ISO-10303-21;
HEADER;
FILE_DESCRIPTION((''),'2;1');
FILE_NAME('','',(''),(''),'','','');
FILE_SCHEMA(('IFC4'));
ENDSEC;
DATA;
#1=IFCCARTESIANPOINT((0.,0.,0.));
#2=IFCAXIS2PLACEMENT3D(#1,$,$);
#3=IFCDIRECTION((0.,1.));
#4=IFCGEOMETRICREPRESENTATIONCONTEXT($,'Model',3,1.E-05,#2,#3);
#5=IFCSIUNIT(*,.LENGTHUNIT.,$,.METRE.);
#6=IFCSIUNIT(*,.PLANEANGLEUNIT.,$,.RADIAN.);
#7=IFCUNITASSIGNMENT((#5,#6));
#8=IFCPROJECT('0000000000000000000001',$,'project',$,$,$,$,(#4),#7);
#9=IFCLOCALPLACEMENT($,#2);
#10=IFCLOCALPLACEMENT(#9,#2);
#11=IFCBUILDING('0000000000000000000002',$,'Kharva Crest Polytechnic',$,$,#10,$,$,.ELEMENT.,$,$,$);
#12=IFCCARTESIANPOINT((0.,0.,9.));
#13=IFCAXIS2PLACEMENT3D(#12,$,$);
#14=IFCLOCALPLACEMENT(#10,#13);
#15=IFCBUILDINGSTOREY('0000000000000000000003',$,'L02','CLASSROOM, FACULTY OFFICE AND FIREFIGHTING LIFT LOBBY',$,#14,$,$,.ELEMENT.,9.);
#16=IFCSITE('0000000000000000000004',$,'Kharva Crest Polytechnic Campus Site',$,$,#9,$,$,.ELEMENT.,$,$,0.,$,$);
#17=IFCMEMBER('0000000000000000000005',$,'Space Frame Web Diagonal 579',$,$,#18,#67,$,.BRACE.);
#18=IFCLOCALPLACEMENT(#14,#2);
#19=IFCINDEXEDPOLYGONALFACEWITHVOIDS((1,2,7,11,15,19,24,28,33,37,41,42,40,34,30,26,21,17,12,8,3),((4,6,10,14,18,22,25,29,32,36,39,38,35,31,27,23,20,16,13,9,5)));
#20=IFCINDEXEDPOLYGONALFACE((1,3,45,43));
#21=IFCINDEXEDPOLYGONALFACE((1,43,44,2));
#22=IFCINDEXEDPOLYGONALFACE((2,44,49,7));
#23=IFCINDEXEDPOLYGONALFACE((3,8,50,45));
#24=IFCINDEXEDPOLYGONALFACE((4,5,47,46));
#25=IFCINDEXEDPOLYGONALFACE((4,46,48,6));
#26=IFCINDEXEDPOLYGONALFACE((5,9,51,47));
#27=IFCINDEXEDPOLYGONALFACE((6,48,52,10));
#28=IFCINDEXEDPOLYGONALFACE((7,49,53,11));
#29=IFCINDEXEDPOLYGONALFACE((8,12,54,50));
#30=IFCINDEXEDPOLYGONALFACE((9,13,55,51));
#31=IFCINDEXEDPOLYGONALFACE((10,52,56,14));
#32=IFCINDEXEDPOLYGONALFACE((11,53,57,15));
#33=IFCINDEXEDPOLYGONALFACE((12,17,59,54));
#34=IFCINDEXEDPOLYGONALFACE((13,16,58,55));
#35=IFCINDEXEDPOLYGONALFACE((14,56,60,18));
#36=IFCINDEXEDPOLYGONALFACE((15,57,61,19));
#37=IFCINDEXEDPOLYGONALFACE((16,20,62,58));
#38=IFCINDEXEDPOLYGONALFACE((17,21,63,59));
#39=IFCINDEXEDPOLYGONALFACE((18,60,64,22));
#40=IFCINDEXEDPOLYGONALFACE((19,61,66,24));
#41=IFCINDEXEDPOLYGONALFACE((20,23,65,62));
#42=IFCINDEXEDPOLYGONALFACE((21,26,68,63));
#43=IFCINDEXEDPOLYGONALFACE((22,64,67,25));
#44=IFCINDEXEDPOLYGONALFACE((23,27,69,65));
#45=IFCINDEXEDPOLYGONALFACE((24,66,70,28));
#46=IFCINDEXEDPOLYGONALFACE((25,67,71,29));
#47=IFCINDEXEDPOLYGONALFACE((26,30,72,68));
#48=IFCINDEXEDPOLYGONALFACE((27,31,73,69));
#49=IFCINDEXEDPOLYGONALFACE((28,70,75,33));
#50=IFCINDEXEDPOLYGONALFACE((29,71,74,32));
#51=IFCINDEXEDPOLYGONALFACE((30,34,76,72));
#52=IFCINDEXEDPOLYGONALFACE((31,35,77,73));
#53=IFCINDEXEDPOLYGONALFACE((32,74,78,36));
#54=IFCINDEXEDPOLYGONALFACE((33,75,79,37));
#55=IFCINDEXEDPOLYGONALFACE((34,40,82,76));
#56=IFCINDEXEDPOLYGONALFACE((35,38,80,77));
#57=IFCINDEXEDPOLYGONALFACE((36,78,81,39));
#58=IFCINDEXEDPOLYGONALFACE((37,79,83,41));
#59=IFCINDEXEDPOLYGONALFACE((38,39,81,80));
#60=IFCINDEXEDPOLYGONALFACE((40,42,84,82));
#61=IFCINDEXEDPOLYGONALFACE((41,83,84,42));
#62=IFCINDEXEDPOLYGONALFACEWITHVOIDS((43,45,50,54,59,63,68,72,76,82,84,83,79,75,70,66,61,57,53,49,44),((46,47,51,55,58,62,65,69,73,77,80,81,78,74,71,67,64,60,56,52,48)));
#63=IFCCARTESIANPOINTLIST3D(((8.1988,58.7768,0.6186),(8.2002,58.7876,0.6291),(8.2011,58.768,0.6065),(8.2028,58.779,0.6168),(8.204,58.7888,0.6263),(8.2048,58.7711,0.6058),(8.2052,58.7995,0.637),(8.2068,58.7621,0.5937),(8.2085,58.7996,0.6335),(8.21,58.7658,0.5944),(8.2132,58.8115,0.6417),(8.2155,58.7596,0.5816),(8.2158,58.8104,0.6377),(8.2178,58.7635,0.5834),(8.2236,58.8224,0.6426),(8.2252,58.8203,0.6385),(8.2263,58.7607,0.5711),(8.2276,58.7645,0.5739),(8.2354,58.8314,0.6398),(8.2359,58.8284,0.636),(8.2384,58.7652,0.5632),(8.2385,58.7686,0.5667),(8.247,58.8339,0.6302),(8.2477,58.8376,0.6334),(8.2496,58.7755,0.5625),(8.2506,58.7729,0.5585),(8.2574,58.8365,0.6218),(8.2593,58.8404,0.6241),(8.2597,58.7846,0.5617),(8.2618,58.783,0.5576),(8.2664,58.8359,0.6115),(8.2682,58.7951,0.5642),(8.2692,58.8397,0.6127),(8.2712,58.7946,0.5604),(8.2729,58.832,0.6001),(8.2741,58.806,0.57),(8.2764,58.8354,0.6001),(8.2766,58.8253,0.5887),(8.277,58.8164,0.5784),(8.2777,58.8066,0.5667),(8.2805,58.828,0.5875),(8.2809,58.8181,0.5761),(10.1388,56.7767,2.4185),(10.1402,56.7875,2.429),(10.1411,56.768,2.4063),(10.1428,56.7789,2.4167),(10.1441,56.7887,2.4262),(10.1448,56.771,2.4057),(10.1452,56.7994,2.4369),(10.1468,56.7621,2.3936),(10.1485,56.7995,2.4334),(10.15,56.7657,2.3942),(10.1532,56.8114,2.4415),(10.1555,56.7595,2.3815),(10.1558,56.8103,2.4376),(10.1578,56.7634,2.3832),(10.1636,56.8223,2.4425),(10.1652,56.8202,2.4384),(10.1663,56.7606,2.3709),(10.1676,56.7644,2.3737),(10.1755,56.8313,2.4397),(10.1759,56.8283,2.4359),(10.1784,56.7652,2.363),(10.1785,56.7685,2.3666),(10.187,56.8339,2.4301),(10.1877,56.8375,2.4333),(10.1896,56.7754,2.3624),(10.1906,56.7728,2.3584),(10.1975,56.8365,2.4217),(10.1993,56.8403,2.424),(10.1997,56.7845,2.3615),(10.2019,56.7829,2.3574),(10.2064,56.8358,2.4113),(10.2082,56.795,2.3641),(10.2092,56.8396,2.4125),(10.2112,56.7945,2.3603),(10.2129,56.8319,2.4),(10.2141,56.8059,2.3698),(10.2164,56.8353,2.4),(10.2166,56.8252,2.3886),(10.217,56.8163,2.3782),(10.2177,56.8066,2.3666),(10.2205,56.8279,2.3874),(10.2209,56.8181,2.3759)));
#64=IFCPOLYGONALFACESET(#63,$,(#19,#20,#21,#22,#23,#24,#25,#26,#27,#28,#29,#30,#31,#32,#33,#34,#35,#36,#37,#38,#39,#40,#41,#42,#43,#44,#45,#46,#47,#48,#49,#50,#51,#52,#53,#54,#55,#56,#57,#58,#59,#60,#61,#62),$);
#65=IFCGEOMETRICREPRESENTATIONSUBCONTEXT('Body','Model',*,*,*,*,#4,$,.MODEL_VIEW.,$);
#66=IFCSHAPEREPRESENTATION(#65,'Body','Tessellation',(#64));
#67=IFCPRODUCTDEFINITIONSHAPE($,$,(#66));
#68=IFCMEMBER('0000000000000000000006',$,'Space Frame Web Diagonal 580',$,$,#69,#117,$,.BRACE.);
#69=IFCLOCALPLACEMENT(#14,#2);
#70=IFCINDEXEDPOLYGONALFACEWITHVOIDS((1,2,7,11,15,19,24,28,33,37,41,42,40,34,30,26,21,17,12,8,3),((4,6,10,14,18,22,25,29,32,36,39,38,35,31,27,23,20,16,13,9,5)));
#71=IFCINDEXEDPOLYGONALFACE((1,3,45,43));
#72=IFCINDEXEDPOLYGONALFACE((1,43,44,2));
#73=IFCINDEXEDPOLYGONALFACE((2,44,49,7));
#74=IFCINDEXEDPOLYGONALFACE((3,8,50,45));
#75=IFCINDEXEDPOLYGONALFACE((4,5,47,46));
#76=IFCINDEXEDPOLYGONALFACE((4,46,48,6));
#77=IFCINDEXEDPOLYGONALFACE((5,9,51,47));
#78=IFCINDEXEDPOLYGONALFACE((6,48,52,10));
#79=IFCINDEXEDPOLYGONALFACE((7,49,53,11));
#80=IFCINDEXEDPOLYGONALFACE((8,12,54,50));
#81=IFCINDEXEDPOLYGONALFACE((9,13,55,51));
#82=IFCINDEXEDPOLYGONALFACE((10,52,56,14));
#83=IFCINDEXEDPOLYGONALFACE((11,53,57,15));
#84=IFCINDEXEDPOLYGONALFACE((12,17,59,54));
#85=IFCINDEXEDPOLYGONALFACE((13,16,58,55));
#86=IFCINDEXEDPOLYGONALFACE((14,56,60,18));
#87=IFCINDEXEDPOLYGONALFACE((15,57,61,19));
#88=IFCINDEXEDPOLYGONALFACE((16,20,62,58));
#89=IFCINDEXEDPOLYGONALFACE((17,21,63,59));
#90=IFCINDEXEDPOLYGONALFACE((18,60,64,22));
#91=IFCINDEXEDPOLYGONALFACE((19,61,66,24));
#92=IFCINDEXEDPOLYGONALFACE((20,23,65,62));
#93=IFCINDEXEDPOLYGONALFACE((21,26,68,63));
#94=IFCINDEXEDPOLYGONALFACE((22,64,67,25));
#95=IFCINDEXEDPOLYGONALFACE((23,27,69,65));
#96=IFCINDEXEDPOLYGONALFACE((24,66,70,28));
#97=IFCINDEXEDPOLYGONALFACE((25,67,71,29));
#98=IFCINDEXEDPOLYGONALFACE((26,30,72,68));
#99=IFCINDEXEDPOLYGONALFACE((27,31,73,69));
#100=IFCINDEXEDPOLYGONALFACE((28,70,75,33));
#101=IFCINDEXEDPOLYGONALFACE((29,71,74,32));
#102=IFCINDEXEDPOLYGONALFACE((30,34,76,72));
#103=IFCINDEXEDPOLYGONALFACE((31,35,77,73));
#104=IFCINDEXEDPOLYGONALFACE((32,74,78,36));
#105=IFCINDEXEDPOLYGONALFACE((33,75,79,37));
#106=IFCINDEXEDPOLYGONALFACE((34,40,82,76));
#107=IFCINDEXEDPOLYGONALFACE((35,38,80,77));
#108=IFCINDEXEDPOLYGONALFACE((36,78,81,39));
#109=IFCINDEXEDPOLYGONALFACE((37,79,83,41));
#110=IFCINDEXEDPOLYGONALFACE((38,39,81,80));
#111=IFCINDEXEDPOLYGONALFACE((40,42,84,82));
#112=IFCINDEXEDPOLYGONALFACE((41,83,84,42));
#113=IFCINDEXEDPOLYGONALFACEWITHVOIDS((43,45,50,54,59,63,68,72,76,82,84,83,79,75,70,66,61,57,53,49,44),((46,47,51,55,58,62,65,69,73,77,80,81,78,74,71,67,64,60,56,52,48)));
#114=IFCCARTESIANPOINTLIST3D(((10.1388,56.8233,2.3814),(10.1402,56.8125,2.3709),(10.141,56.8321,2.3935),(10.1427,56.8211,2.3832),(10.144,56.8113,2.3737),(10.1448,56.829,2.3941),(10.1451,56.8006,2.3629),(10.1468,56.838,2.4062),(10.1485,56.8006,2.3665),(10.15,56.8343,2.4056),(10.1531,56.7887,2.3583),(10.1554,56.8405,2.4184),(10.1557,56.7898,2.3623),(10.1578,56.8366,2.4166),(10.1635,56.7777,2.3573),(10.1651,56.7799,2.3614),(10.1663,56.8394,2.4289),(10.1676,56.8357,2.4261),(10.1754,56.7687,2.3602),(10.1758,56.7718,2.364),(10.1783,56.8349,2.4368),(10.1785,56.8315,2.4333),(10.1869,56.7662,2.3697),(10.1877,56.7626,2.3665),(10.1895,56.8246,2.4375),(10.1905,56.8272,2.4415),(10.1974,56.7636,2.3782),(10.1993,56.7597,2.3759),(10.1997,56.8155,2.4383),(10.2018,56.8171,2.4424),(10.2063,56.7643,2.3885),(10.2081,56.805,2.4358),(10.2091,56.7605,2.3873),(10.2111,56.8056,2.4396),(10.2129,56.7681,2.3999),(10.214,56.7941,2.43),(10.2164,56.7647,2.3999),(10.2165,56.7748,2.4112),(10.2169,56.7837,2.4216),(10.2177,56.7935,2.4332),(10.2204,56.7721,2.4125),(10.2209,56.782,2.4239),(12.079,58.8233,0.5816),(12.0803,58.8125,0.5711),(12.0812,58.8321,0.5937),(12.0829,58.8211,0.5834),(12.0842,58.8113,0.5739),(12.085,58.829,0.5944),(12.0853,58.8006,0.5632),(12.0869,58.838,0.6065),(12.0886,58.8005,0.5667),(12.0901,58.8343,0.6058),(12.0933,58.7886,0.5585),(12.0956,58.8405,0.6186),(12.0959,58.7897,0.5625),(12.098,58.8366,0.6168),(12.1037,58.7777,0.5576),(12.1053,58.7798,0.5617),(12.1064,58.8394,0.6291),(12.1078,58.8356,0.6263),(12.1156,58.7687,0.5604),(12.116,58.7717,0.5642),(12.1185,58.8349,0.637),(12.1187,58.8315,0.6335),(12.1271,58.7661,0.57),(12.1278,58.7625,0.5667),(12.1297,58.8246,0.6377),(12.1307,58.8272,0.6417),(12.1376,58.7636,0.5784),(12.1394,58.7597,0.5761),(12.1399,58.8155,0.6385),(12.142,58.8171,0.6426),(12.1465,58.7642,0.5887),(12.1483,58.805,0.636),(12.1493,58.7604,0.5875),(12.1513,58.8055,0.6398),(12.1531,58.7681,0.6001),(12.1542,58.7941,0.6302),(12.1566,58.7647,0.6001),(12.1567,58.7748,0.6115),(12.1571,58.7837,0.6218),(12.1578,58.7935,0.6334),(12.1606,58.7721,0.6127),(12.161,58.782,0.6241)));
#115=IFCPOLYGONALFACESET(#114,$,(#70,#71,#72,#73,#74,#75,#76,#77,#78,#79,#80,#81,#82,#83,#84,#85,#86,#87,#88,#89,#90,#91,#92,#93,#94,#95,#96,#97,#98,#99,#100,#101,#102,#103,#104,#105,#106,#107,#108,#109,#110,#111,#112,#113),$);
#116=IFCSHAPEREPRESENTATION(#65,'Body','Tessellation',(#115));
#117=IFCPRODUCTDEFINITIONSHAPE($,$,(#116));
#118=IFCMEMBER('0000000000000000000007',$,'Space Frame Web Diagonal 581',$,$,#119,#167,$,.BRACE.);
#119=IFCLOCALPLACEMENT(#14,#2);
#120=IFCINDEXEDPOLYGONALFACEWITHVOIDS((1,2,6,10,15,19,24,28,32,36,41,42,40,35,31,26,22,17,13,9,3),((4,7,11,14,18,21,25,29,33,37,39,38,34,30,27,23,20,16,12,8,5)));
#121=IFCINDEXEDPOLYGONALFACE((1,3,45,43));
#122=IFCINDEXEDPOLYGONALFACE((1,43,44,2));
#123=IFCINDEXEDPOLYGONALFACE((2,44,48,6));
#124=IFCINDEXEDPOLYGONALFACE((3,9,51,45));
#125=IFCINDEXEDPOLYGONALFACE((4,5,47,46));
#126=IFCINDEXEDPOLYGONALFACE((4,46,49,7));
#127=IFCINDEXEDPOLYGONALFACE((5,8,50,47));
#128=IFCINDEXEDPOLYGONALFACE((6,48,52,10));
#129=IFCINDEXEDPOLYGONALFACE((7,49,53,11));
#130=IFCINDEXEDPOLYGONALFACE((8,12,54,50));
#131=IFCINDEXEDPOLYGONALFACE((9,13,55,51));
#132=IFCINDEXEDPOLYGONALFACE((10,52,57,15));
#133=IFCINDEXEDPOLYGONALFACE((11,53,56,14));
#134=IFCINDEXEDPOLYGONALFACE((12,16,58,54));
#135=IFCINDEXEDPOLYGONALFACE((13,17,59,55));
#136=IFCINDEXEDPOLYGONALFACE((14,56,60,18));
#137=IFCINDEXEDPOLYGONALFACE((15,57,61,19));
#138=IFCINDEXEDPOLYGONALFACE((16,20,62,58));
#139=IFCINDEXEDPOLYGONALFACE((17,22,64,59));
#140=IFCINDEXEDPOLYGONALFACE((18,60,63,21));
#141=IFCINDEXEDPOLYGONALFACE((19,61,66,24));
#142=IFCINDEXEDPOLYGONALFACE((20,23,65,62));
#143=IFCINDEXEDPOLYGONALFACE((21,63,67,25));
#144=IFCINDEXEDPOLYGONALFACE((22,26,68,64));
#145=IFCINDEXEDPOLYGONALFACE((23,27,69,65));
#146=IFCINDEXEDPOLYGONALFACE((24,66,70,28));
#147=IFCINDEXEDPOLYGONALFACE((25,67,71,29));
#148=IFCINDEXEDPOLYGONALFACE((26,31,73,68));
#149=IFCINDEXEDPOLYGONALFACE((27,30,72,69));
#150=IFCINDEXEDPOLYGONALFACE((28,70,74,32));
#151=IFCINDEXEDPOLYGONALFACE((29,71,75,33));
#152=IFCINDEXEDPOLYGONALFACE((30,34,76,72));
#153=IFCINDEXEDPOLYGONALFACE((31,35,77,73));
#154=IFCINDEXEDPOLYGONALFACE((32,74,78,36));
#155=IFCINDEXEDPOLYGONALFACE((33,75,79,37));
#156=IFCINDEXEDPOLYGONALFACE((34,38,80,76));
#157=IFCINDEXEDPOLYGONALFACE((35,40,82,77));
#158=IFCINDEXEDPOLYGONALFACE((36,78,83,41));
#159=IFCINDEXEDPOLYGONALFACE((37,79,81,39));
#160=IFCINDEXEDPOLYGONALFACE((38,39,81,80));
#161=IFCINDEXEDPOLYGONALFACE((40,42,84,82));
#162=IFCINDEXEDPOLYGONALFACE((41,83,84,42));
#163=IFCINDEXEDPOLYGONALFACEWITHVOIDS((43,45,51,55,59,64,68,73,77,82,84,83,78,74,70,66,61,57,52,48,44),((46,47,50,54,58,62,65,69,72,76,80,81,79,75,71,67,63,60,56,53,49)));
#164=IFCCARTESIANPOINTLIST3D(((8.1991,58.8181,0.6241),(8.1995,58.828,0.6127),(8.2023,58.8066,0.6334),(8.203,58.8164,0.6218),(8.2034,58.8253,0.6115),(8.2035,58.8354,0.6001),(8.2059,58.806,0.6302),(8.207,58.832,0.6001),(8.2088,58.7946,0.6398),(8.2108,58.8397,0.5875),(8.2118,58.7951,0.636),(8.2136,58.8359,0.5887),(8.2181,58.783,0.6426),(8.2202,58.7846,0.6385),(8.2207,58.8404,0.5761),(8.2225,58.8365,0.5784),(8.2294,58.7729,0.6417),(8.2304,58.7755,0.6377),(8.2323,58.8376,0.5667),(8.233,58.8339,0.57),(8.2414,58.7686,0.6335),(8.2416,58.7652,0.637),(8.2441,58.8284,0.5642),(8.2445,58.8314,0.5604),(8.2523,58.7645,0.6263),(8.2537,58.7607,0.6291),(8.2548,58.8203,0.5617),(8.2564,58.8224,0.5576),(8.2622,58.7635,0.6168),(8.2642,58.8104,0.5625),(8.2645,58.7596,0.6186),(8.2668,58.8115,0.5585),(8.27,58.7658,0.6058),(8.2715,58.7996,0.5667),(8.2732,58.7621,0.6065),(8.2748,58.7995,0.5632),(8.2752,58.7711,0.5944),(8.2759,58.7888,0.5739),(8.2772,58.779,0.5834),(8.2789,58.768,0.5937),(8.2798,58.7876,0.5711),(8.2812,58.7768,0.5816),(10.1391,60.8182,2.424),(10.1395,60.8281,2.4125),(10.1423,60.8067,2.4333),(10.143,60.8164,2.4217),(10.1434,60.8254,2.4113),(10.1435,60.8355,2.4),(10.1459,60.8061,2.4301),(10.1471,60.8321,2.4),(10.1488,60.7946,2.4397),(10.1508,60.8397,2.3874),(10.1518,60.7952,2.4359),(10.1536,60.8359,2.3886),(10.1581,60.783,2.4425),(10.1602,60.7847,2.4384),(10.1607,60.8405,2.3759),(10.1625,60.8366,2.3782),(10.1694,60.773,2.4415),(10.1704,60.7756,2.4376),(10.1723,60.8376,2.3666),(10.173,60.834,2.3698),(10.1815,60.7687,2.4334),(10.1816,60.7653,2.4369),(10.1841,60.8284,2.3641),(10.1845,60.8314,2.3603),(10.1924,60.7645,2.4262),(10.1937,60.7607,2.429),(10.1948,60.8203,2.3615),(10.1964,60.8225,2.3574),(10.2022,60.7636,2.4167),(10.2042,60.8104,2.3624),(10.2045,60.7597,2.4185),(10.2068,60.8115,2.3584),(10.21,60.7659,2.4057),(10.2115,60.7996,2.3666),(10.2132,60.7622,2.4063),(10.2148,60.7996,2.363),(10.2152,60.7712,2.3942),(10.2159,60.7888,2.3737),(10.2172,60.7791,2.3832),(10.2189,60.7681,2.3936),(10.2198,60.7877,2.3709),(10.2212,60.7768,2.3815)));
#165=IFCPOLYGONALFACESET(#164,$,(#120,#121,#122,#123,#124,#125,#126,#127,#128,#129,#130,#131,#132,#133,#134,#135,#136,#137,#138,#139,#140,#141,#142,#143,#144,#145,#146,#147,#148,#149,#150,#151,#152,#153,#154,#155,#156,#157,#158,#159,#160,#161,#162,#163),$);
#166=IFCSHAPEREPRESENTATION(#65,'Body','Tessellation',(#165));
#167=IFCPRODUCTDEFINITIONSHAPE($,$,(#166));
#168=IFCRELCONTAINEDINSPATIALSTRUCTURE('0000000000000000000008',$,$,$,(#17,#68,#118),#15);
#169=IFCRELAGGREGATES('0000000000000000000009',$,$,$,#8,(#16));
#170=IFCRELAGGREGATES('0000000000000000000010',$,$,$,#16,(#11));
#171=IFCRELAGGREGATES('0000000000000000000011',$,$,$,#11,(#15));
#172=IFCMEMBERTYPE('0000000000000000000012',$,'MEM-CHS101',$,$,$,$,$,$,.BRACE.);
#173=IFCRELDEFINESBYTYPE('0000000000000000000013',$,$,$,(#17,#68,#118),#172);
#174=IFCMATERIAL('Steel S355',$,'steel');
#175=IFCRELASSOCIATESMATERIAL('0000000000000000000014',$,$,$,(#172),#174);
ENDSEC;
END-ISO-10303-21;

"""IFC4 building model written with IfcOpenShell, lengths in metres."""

from ifc_helpers import new_model, si_unit, direction, frame, origin, origin_2d, place, context, subcontext, project, spatial, hollow_circle, extrude, material, material_profile, profile_set, type_object, element, save


model = new_model("IFC4")

# Units and contexts
model_context = context("Model", 3, precision=1e-05, world=origin(), true_north=direction((0.0, 1.0)))
body_context = subcontext(model_context, "Body", "Model", "MODEL_VIEW")
ifc_project = project(units=[si_unit("LENGTHUNIT", "METRE"), si_unit("PLANEANGLEUNIT", "RADIAN")], contexts=[model_context])

# Site, building, storey
site_placement = place(None, origin())
site = spatial("IfcSite", under=ifc_project, at=site_placement, Name="Kharva Crest Polytechnic Campus Site", CompositionType="ELEMENT", RefElevation=0.0)
building_placement = place(site_placement, origin())
building = spatial("IfcBuilding", under=site, at=building_placement, Name="Kharva Crest Polytechnic", CompositionType="ELEMENT")
storey_placement = place(building_placement, frame((0.0, 0.0, 9.0)))
storey = spatial("IfcBuildingStorey", under=building, at=storey_placement, Name="L02", Description="CLASSROOM, FACULTY OFFICE AND FIREFIGHTING LIFT LOBBY", CompositionType="ELEMENT", Elevation=9.0)

# Shared definitions
ifc_material_1 = material(Name="Steel S355", Category="steel")

# Members
ifc_material_profile_1 = material_profile(ifc_material_1, hollow_circle(Radius=0.0508, WallThickness=0.0049, at=origin_2d()), Name="CHS 101.6X5.0")
ifc_profile_set_1 = profile_set([ifc_material_profile_1], Name="Steel S355")
member_type_1 = type_object("IfcMemberType", Name="MEM-CHS101", PredefinedType="BRACE", material=ifc_profile_set_1)
for number, where, z_axis, x_axis, name in (
    (1, (8.24, 58.8, 0.6001), (0.584843, -0.60295, 0.542596), (0.717802, 0.696247, 0.0), "Space Frame Web Diagonal 579"),
    (2, (12.1201, 58.8, 0.6001), (-0.584892, -0.602924, 0.542572), (0.717758, -0.696292, 0.0), "Space Frame Web Diagonal 580"),
    (3, (8.24, 58.8, 0.6001), (0.584843, 0.60295, 0.542596), (-0.717802, 0.696247, 0.0), "Space Frame Web Diagonal 581"),
):
    element("IfcMember", number, at=place(storey_placement, frame(where, z_axis=z_axis, x_axis=x_axis)), inside=storey, type_object=member_type_1, Name=name, PredefinedType="BRACE", context=body_context, shape_type="SweptSolid", body=[
        extrude(hollow_circle(Radius=0.0508, WallThickness=0.0049, at=origin_2d()), origin(), (0.0, 0.0, 1.0), 3.3171),
    ])

save(model, "model.ifc")
